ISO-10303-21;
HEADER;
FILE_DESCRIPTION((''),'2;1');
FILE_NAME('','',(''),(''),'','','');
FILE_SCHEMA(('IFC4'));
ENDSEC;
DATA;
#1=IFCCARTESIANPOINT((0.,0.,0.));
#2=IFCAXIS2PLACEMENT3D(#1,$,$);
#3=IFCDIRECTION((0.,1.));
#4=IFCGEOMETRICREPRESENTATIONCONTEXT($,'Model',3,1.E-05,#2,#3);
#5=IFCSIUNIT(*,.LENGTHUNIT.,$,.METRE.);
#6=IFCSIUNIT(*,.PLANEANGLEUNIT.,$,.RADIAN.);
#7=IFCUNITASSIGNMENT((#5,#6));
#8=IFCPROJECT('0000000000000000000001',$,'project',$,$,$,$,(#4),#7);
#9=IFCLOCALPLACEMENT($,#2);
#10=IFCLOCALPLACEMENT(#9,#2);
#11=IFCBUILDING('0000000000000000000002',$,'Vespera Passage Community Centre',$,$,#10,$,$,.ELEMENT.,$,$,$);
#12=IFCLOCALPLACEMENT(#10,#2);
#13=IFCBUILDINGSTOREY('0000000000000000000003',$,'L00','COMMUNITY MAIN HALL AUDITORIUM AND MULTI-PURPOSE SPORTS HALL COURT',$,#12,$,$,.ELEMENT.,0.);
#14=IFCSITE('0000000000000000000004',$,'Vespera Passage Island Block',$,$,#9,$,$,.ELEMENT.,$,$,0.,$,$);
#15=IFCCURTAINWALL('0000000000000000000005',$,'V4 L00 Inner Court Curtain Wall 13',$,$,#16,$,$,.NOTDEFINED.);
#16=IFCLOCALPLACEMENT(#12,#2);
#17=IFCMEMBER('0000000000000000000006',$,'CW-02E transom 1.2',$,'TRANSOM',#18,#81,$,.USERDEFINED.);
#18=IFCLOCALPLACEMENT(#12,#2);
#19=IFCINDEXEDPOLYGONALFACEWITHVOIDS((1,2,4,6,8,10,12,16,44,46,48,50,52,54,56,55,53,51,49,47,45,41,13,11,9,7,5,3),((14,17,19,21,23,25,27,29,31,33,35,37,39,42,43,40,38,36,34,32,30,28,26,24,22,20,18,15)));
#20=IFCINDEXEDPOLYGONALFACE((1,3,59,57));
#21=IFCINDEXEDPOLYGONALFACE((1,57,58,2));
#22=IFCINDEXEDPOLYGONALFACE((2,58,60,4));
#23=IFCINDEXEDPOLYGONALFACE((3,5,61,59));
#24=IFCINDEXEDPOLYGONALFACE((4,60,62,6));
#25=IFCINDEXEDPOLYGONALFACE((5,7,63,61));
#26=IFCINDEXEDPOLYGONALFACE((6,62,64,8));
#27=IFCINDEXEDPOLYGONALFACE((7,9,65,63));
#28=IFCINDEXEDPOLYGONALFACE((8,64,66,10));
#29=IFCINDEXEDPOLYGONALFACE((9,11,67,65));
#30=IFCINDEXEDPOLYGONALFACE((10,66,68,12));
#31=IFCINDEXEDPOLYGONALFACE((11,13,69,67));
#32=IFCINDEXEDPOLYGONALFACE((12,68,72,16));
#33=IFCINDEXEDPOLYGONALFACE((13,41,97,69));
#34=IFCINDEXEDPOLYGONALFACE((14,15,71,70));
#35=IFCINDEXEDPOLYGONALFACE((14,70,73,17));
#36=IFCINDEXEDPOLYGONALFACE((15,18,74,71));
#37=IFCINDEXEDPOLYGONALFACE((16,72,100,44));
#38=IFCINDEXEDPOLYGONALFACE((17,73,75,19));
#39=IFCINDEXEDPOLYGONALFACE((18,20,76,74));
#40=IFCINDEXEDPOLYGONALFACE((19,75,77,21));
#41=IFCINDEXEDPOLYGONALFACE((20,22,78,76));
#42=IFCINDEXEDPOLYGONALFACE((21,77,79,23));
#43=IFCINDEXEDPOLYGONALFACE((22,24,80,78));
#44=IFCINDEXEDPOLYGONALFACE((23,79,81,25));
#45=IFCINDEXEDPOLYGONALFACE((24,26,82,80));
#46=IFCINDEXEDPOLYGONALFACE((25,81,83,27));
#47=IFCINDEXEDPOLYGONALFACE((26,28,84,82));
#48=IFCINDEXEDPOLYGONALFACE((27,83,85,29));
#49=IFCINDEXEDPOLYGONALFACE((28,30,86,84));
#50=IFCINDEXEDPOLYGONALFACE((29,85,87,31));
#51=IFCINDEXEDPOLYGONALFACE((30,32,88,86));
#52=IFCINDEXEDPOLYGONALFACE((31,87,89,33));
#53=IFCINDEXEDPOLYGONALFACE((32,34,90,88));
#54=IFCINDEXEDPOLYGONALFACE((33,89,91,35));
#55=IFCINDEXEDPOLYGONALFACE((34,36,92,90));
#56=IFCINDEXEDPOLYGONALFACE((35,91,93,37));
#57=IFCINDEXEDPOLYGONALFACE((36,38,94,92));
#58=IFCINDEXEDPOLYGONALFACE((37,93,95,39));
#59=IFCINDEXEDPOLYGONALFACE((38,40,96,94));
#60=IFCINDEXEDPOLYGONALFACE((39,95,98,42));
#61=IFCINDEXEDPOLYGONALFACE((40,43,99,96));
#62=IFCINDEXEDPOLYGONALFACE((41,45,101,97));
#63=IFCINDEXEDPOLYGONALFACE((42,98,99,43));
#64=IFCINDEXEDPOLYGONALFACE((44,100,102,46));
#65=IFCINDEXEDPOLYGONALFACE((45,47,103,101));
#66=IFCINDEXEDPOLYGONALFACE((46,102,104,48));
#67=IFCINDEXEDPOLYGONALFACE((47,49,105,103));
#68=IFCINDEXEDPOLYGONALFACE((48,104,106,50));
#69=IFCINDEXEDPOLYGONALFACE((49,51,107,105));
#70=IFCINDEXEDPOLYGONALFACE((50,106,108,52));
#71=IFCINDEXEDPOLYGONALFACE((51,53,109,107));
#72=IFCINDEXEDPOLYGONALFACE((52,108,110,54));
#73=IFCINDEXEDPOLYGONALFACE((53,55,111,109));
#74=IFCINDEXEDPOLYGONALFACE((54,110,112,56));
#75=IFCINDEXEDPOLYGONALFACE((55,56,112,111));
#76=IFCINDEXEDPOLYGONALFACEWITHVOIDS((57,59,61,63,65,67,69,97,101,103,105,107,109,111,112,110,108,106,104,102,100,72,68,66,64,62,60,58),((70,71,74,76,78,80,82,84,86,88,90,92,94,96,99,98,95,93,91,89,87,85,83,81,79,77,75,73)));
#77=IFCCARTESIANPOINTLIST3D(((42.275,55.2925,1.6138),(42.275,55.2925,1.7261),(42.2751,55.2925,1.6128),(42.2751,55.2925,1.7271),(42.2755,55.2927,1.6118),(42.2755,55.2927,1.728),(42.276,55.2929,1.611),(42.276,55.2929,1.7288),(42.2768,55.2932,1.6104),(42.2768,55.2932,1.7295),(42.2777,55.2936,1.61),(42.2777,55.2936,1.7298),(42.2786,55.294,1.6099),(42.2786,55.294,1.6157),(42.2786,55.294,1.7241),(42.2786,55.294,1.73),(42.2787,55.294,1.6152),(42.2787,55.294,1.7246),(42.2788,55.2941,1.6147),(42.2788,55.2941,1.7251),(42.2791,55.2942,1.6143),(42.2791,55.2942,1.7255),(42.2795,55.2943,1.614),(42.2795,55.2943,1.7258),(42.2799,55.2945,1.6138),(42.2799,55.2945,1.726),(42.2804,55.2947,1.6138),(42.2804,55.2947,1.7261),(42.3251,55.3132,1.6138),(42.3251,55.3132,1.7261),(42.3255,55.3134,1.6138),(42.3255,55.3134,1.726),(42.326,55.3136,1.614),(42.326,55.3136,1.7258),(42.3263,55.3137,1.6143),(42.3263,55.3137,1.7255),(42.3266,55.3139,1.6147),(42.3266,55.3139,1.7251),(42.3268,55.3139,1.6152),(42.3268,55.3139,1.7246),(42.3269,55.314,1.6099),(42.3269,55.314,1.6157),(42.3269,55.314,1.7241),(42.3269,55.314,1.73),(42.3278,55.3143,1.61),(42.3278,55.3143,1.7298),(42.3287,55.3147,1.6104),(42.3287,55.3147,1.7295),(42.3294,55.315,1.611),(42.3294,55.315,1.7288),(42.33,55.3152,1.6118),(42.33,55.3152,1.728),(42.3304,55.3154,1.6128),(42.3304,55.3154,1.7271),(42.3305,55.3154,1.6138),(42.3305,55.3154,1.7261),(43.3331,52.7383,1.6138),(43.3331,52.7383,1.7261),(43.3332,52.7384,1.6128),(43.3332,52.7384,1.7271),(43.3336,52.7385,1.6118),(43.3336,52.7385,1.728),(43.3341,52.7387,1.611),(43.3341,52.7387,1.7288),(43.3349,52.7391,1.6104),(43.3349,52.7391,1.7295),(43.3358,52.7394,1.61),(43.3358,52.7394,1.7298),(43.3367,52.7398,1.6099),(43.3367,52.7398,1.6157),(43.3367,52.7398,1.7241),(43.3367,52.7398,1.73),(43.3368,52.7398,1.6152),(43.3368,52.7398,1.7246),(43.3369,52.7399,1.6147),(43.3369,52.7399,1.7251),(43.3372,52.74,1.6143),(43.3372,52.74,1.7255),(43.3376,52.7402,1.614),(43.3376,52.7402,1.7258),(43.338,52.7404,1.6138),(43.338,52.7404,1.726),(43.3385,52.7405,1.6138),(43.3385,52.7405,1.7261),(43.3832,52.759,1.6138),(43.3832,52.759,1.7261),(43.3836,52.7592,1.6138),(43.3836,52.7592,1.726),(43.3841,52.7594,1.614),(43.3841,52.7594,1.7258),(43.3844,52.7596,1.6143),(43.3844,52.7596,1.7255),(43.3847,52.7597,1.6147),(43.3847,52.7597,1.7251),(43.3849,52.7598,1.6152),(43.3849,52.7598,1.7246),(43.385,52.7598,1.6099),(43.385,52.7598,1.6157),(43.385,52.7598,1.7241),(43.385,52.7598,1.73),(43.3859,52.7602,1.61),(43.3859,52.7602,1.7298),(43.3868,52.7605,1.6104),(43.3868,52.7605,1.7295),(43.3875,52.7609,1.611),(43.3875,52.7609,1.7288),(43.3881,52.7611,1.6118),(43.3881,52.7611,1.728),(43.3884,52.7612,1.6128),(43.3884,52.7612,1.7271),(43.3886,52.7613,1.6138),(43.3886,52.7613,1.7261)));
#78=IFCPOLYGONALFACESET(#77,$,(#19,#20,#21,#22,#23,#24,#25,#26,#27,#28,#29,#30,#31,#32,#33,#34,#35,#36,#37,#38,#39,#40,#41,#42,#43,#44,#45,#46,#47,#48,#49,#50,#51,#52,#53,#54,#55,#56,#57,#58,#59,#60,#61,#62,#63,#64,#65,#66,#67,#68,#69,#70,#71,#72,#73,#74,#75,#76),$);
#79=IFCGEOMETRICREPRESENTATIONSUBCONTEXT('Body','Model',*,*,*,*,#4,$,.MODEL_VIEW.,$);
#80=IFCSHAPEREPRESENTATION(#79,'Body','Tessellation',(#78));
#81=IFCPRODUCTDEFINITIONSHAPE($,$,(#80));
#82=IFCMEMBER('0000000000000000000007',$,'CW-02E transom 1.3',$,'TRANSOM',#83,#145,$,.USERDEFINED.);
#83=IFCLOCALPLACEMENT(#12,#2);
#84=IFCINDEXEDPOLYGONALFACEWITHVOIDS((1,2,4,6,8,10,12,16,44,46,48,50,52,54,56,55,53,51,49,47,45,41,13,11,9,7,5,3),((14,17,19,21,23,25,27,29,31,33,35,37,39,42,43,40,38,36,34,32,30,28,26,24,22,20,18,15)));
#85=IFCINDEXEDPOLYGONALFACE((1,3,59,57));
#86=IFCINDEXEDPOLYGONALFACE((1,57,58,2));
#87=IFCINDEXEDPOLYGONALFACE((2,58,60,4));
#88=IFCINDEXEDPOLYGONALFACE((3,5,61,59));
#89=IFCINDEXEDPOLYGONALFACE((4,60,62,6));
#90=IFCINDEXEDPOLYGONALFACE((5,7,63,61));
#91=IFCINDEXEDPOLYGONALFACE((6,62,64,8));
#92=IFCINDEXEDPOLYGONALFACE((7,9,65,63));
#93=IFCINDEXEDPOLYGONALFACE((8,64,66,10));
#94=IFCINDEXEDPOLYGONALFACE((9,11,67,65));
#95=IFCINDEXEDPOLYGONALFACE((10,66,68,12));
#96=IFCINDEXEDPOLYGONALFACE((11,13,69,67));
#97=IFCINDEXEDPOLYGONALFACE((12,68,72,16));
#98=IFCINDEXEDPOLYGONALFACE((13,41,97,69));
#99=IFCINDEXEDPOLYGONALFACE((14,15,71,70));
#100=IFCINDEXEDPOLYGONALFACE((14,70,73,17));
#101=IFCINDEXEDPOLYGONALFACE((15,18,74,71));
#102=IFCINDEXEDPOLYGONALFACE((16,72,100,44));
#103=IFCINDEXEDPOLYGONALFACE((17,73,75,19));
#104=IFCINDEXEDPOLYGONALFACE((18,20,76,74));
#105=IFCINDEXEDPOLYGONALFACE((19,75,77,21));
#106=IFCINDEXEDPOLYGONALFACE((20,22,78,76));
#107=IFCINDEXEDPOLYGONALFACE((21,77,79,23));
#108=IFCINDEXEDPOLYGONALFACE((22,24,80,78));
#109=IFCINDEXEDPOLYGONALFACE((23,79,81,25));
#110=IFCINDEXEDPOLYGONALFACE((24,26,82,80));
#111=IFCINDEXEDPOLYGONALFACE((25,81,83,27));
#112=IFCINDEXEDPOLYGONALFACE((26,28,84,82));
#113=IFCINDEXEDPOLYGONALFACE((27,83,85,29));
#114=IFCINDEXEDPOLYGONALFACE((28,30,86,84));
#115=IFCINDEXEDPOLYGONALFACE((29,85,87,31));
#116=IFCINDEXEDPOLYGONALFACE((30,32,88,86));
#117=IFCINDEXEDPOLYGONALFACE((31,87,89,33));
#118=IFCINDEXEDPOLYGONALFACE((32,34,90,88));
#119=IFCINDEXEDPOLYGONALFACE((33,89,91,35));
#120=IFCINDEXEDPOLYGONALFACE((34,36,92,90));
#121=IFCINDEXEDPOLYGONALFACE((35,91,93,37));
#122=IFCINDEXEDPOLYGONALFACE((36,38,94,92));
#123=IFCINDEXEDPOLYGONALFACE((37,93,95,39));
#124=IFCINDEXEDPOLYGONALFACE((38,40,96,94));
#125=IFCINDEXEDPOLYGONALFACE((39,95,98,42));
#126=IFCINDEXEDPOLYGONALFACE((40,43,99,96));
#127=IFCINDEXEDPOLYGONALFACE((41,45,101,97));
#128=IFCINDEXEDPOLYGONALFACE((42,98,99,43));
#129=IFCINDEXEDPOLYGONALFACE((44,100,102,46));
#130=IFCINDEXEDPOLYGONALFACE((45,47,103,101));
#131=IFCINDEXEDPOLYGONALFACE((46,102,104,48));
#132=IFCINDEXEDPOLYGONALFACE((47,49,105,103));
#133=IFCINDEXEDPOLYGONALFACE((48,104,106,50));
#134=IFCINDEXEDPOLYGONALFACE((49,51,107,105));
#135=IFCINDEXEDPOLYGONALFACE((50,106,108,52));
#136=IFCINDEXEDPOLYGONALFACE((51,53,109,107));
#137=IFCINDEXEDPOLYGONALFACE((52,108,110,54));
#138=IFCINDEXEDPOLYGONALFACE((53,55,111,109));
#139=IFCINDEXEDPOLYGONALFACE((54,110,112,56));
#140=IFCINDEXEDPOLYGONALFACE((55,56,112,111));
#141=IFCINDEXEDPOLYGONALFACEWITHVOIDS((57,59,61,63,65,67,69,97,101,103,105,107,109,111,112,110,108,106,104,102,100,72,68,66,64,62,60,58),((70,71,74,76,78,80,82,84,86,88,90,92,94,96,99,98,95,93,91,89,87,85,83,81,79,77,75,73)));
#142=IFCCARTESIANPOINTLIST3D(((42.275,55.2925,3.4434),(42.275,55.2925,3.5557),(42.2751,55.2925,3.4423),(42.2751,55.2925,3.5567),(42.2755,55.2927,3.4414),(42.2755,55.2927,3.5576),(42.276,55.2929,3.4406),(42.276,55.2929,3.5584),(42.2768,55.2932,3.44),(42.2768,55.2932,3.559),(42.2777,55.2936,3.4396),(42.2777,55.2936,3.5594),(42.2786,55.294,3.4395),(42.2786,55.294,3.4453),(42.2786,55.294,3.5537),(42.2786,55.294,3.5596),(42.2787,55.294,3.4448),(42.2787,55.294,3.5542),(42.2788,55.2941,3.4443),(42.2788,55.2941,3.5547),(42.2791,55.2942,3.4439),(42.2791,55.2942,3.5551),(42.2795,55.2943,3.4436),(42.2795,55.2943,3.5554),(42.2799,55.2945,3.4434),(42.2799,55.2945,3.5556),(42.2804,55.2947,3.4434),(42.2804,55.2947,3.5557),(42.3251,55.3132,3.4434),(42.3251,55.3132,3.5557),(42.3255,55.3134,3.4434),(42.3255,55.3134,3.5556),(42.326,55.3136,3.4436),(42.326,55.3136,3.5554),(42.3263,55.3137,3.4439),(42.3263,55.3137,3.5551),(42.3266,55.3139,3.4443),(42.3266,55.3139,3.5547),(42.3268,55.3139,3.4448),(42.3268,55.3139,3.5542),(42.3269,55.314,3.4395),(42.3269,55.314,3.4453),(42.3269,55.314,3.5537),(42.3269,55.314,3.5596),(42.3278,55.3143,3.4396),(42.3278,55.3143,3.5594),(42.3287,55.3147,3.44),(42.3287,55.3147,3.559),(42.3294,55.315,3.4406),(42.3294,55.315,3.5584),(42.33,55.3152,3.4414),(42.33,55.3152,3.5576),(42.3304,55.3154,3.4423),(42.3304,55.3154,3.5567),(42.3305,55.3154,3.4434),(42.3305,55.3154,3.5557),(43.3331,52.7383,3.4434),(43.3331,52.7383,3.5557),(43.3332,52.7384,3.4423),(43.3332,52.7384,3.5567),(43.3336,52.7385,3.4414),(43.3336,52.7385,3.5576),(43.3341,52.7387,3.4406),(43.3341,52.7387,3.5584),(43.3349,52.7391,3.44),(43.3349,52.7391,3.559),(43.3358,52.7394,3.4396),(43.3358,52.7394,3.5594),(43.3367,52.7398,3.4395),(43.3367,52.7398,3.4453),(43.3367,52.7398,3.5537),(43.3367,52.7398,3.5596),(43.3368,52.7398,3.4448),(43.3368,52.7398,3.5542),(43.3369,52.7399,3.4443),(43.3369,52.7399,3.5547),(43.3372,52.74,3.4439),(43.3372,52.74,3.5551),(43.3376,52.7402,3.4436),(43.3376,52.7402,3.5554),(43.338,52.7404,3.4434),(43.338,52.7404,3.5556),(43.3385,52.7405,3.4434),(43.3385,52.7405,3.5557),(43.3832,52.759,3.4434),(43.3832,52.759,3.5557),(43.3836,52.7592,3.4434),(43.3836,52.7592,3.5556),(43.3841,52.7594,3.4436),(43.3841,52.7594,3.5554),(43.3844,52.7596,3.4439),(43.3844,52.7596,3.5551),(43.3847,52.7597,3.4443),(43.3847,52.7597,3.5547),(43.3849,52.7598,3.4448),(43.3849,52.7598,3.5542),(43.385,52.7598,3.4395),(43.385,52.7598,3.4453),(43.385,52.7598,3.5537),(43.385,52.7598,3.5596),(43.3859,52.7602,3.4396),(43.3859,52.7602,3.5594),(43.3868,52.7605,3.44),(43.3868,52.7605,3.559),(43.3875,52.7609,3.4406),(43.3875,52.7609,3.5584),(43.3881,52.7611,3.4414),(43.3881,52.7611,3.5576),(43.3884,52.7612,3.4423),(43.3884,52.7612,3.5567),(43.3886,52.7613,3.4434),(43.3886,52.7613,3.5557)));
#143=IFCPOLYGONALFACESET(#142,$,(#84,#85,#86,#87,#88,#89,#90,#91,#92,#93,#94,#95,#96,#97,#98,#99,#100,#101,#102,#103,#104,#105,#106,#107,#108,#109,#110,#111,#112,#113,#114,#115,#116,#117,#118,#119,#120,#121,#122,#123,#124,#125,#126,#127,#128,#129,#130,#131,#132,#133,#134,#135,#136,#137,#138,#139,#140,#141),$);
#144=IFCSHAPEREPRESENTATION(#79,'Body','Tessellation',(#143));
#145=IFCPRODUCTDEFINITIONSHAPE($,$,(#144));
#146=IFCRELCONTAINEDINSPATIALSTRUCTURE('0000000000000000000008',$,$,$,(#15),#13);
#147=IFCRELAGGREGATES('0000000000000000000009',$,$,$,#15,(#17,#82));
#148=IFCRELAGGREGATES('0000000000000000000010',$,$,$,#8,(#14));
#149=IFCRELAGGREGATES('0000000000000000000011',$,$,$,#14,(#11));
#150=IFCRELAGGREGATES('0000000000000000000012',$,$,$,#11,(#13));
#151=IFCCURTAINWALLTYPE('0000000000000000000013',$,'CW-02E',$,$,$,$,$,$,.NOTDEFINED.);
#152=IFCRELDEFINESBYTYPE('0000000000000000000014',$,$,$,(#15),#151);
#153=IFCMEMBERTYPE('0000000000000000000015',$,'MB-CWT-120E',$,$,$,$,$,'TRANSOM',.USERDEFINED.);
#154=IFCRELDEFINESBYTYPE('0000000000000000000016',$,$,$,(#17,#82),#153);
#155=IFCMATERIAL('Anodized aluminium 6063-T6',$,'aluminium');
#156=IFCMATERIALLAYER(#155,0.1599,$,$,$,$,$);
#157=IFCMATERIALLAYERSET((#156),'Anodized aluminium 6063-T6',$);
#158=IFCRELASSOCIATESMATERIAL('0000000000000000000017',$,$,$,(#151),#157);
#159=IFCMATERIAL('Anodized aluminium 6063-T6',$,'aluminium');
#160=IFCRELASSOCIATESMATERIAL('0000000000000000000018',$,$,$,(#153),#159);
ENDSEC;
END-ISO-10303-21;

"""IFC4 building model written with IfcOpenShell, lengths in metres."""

from ifc_helpers import new_model, si_unit, direction, frame, origin, origin_2d, place, context, subcontext, project, spatial, hollow_rectangle, extrude, material, layer, layer_set, material_profile, profile_set, type_object, element, aggregate, save


model = new_model("IFC4")

# Units and contexts
model_context = context("Model", 3, precision=1e-05, world=origin(), true_north=direction((0.0, 1.0)))
body_context = subcontext(model_context, "Body", "Model", "MODEL_VIEW")
ifc_project = project(units=[si_unit("LENGTHUNIT", "METRE"), si_unit("PLANEANGLEUNIT", "RADIAN")], contexts=[model_context])

# Site, building, storey
site_placement = place(None, origin())
site = spatial("IfcSite", under=ifc_project, at=site_placement, Name="Vespera Passage Island Block", CompositionType="ELEMENT", RefElevation=0.0)
building_placement = place(site_placement, origin())
building = spatial("IfcBuilding", under=site, at=building_placement, Name="Vespera Passage Community Centre", CompositionType="ELEMENT")
storey_placement = place(building_placement, origin())
storey = spatial("IfcBuildingStorey", under=building, at=storey_placement, Name="L00", Description="COMMUNITY MAIN HALL AUDITORIUM AND MULTI-PURPOSE SPORTS HALL COURT", CompositionType="ELEMENT", Elevation=0.0)

# Curtain wall
ifc_material_1 = material(Name="Anodized aluminium 6063-T6", Category="aluminium")
ifc_layer_1 = layer(ifc_material_1, 0.1599)
ifc_layer_set_1 = layer_set([ifc_layer_1], Name="Anodized aluminium 6063-T6")
curtain_wall_type_1 = type_object("IfcCurtainWallType", Name="CW-02E", PredefinedType="NOTDEFINED", material=ifc_layer_set_1)
curtain_wall_1_placement = place(storey_placement, origin())
curtain_wall_1 = element("IfcCurtainWall", 1, at=curtain_wall_1_placement, inside=storey, type_object=curtain_wall_type_1, Name="V4 L00 Inner Court Curtain Wall 13", PredefinedType="NOTDEFINED")

# Members
ifc_material_2 = material(Name="Anodized aluminium 6063-T6", Category="aluminium")
ifc_material_profile_1 = material_profile(ifc_material_2, hollow_rectangle(XDim=0.0601, YDim=0.1201, WallThickness=0.0039, InnerFilletRadius=0.002, OuterFilletRadius=0.0039, at=origin_2d()), Name="ALU120X60X4")
ifc_profile_set_1 = profile_set([ifc_material_profile_1], Name="Anodized aluminium 6063-T6")
member_type_1 = type_object("IfcMemberType", Name="MB-CWT-120E", ElementType="TRANSOM", PredefinedType="USERDEFINED", material=ifc_profile_set_1)
member_1_placement = place(storey_placement, frame((42.3027, 55.304, 1.6699), z_axis=(0.382721, -0.923864, 0.0), x_axis=(0.923864, 0.382721, 0.0)))
member_1 = element("IfcMember", 2, at=member_1_placement, type_object=member_type_1, Name="CW-02E transom 1.2", ObjectType="TRANSOM", PredefinedType="USERDEFINED", context=body_context, shape_type="SweptSolid", body=[
    extrude(hollow_rectangle(XDim=0.0601, YDim=0.1201, WallThickness=0.0039, InnerFilletRadius=0.002, OuterFilletRadius=0.0039, at=origin_2d()), origin(), (0.0, 0.0, 1.0), 2.7646),
])
member_2_placement = place(storey_placement, frame((42.3027, 55.304, 3.4995), z_axis=(0.382721, -0.923864, 0.0), x_axis=(0.923864, 0.382721, 0.0)))
member_2 = element("IfcMember", 3, at=member_2_placement, type_object=member_type_1, Name="CW-02E transom 1.3", ObjectType="TRANSOM", PredefinedType="USERDEFINED", context=body_context, shape_type="SweptSolid", body=[
    extrude(hollow_rectangle(XDim=0.0601, YDim=0.1201, WallThickness=0.0039, InnerFilletRadius=0.002, OuterFilletRadius=0.0039, at=origin_2d()), origin(), (0.0, 0.0, 1.0), 2.7646),
])

aggregate(curtain_wall_1, [member_1, member_2])

save(model, "model.ifc")
